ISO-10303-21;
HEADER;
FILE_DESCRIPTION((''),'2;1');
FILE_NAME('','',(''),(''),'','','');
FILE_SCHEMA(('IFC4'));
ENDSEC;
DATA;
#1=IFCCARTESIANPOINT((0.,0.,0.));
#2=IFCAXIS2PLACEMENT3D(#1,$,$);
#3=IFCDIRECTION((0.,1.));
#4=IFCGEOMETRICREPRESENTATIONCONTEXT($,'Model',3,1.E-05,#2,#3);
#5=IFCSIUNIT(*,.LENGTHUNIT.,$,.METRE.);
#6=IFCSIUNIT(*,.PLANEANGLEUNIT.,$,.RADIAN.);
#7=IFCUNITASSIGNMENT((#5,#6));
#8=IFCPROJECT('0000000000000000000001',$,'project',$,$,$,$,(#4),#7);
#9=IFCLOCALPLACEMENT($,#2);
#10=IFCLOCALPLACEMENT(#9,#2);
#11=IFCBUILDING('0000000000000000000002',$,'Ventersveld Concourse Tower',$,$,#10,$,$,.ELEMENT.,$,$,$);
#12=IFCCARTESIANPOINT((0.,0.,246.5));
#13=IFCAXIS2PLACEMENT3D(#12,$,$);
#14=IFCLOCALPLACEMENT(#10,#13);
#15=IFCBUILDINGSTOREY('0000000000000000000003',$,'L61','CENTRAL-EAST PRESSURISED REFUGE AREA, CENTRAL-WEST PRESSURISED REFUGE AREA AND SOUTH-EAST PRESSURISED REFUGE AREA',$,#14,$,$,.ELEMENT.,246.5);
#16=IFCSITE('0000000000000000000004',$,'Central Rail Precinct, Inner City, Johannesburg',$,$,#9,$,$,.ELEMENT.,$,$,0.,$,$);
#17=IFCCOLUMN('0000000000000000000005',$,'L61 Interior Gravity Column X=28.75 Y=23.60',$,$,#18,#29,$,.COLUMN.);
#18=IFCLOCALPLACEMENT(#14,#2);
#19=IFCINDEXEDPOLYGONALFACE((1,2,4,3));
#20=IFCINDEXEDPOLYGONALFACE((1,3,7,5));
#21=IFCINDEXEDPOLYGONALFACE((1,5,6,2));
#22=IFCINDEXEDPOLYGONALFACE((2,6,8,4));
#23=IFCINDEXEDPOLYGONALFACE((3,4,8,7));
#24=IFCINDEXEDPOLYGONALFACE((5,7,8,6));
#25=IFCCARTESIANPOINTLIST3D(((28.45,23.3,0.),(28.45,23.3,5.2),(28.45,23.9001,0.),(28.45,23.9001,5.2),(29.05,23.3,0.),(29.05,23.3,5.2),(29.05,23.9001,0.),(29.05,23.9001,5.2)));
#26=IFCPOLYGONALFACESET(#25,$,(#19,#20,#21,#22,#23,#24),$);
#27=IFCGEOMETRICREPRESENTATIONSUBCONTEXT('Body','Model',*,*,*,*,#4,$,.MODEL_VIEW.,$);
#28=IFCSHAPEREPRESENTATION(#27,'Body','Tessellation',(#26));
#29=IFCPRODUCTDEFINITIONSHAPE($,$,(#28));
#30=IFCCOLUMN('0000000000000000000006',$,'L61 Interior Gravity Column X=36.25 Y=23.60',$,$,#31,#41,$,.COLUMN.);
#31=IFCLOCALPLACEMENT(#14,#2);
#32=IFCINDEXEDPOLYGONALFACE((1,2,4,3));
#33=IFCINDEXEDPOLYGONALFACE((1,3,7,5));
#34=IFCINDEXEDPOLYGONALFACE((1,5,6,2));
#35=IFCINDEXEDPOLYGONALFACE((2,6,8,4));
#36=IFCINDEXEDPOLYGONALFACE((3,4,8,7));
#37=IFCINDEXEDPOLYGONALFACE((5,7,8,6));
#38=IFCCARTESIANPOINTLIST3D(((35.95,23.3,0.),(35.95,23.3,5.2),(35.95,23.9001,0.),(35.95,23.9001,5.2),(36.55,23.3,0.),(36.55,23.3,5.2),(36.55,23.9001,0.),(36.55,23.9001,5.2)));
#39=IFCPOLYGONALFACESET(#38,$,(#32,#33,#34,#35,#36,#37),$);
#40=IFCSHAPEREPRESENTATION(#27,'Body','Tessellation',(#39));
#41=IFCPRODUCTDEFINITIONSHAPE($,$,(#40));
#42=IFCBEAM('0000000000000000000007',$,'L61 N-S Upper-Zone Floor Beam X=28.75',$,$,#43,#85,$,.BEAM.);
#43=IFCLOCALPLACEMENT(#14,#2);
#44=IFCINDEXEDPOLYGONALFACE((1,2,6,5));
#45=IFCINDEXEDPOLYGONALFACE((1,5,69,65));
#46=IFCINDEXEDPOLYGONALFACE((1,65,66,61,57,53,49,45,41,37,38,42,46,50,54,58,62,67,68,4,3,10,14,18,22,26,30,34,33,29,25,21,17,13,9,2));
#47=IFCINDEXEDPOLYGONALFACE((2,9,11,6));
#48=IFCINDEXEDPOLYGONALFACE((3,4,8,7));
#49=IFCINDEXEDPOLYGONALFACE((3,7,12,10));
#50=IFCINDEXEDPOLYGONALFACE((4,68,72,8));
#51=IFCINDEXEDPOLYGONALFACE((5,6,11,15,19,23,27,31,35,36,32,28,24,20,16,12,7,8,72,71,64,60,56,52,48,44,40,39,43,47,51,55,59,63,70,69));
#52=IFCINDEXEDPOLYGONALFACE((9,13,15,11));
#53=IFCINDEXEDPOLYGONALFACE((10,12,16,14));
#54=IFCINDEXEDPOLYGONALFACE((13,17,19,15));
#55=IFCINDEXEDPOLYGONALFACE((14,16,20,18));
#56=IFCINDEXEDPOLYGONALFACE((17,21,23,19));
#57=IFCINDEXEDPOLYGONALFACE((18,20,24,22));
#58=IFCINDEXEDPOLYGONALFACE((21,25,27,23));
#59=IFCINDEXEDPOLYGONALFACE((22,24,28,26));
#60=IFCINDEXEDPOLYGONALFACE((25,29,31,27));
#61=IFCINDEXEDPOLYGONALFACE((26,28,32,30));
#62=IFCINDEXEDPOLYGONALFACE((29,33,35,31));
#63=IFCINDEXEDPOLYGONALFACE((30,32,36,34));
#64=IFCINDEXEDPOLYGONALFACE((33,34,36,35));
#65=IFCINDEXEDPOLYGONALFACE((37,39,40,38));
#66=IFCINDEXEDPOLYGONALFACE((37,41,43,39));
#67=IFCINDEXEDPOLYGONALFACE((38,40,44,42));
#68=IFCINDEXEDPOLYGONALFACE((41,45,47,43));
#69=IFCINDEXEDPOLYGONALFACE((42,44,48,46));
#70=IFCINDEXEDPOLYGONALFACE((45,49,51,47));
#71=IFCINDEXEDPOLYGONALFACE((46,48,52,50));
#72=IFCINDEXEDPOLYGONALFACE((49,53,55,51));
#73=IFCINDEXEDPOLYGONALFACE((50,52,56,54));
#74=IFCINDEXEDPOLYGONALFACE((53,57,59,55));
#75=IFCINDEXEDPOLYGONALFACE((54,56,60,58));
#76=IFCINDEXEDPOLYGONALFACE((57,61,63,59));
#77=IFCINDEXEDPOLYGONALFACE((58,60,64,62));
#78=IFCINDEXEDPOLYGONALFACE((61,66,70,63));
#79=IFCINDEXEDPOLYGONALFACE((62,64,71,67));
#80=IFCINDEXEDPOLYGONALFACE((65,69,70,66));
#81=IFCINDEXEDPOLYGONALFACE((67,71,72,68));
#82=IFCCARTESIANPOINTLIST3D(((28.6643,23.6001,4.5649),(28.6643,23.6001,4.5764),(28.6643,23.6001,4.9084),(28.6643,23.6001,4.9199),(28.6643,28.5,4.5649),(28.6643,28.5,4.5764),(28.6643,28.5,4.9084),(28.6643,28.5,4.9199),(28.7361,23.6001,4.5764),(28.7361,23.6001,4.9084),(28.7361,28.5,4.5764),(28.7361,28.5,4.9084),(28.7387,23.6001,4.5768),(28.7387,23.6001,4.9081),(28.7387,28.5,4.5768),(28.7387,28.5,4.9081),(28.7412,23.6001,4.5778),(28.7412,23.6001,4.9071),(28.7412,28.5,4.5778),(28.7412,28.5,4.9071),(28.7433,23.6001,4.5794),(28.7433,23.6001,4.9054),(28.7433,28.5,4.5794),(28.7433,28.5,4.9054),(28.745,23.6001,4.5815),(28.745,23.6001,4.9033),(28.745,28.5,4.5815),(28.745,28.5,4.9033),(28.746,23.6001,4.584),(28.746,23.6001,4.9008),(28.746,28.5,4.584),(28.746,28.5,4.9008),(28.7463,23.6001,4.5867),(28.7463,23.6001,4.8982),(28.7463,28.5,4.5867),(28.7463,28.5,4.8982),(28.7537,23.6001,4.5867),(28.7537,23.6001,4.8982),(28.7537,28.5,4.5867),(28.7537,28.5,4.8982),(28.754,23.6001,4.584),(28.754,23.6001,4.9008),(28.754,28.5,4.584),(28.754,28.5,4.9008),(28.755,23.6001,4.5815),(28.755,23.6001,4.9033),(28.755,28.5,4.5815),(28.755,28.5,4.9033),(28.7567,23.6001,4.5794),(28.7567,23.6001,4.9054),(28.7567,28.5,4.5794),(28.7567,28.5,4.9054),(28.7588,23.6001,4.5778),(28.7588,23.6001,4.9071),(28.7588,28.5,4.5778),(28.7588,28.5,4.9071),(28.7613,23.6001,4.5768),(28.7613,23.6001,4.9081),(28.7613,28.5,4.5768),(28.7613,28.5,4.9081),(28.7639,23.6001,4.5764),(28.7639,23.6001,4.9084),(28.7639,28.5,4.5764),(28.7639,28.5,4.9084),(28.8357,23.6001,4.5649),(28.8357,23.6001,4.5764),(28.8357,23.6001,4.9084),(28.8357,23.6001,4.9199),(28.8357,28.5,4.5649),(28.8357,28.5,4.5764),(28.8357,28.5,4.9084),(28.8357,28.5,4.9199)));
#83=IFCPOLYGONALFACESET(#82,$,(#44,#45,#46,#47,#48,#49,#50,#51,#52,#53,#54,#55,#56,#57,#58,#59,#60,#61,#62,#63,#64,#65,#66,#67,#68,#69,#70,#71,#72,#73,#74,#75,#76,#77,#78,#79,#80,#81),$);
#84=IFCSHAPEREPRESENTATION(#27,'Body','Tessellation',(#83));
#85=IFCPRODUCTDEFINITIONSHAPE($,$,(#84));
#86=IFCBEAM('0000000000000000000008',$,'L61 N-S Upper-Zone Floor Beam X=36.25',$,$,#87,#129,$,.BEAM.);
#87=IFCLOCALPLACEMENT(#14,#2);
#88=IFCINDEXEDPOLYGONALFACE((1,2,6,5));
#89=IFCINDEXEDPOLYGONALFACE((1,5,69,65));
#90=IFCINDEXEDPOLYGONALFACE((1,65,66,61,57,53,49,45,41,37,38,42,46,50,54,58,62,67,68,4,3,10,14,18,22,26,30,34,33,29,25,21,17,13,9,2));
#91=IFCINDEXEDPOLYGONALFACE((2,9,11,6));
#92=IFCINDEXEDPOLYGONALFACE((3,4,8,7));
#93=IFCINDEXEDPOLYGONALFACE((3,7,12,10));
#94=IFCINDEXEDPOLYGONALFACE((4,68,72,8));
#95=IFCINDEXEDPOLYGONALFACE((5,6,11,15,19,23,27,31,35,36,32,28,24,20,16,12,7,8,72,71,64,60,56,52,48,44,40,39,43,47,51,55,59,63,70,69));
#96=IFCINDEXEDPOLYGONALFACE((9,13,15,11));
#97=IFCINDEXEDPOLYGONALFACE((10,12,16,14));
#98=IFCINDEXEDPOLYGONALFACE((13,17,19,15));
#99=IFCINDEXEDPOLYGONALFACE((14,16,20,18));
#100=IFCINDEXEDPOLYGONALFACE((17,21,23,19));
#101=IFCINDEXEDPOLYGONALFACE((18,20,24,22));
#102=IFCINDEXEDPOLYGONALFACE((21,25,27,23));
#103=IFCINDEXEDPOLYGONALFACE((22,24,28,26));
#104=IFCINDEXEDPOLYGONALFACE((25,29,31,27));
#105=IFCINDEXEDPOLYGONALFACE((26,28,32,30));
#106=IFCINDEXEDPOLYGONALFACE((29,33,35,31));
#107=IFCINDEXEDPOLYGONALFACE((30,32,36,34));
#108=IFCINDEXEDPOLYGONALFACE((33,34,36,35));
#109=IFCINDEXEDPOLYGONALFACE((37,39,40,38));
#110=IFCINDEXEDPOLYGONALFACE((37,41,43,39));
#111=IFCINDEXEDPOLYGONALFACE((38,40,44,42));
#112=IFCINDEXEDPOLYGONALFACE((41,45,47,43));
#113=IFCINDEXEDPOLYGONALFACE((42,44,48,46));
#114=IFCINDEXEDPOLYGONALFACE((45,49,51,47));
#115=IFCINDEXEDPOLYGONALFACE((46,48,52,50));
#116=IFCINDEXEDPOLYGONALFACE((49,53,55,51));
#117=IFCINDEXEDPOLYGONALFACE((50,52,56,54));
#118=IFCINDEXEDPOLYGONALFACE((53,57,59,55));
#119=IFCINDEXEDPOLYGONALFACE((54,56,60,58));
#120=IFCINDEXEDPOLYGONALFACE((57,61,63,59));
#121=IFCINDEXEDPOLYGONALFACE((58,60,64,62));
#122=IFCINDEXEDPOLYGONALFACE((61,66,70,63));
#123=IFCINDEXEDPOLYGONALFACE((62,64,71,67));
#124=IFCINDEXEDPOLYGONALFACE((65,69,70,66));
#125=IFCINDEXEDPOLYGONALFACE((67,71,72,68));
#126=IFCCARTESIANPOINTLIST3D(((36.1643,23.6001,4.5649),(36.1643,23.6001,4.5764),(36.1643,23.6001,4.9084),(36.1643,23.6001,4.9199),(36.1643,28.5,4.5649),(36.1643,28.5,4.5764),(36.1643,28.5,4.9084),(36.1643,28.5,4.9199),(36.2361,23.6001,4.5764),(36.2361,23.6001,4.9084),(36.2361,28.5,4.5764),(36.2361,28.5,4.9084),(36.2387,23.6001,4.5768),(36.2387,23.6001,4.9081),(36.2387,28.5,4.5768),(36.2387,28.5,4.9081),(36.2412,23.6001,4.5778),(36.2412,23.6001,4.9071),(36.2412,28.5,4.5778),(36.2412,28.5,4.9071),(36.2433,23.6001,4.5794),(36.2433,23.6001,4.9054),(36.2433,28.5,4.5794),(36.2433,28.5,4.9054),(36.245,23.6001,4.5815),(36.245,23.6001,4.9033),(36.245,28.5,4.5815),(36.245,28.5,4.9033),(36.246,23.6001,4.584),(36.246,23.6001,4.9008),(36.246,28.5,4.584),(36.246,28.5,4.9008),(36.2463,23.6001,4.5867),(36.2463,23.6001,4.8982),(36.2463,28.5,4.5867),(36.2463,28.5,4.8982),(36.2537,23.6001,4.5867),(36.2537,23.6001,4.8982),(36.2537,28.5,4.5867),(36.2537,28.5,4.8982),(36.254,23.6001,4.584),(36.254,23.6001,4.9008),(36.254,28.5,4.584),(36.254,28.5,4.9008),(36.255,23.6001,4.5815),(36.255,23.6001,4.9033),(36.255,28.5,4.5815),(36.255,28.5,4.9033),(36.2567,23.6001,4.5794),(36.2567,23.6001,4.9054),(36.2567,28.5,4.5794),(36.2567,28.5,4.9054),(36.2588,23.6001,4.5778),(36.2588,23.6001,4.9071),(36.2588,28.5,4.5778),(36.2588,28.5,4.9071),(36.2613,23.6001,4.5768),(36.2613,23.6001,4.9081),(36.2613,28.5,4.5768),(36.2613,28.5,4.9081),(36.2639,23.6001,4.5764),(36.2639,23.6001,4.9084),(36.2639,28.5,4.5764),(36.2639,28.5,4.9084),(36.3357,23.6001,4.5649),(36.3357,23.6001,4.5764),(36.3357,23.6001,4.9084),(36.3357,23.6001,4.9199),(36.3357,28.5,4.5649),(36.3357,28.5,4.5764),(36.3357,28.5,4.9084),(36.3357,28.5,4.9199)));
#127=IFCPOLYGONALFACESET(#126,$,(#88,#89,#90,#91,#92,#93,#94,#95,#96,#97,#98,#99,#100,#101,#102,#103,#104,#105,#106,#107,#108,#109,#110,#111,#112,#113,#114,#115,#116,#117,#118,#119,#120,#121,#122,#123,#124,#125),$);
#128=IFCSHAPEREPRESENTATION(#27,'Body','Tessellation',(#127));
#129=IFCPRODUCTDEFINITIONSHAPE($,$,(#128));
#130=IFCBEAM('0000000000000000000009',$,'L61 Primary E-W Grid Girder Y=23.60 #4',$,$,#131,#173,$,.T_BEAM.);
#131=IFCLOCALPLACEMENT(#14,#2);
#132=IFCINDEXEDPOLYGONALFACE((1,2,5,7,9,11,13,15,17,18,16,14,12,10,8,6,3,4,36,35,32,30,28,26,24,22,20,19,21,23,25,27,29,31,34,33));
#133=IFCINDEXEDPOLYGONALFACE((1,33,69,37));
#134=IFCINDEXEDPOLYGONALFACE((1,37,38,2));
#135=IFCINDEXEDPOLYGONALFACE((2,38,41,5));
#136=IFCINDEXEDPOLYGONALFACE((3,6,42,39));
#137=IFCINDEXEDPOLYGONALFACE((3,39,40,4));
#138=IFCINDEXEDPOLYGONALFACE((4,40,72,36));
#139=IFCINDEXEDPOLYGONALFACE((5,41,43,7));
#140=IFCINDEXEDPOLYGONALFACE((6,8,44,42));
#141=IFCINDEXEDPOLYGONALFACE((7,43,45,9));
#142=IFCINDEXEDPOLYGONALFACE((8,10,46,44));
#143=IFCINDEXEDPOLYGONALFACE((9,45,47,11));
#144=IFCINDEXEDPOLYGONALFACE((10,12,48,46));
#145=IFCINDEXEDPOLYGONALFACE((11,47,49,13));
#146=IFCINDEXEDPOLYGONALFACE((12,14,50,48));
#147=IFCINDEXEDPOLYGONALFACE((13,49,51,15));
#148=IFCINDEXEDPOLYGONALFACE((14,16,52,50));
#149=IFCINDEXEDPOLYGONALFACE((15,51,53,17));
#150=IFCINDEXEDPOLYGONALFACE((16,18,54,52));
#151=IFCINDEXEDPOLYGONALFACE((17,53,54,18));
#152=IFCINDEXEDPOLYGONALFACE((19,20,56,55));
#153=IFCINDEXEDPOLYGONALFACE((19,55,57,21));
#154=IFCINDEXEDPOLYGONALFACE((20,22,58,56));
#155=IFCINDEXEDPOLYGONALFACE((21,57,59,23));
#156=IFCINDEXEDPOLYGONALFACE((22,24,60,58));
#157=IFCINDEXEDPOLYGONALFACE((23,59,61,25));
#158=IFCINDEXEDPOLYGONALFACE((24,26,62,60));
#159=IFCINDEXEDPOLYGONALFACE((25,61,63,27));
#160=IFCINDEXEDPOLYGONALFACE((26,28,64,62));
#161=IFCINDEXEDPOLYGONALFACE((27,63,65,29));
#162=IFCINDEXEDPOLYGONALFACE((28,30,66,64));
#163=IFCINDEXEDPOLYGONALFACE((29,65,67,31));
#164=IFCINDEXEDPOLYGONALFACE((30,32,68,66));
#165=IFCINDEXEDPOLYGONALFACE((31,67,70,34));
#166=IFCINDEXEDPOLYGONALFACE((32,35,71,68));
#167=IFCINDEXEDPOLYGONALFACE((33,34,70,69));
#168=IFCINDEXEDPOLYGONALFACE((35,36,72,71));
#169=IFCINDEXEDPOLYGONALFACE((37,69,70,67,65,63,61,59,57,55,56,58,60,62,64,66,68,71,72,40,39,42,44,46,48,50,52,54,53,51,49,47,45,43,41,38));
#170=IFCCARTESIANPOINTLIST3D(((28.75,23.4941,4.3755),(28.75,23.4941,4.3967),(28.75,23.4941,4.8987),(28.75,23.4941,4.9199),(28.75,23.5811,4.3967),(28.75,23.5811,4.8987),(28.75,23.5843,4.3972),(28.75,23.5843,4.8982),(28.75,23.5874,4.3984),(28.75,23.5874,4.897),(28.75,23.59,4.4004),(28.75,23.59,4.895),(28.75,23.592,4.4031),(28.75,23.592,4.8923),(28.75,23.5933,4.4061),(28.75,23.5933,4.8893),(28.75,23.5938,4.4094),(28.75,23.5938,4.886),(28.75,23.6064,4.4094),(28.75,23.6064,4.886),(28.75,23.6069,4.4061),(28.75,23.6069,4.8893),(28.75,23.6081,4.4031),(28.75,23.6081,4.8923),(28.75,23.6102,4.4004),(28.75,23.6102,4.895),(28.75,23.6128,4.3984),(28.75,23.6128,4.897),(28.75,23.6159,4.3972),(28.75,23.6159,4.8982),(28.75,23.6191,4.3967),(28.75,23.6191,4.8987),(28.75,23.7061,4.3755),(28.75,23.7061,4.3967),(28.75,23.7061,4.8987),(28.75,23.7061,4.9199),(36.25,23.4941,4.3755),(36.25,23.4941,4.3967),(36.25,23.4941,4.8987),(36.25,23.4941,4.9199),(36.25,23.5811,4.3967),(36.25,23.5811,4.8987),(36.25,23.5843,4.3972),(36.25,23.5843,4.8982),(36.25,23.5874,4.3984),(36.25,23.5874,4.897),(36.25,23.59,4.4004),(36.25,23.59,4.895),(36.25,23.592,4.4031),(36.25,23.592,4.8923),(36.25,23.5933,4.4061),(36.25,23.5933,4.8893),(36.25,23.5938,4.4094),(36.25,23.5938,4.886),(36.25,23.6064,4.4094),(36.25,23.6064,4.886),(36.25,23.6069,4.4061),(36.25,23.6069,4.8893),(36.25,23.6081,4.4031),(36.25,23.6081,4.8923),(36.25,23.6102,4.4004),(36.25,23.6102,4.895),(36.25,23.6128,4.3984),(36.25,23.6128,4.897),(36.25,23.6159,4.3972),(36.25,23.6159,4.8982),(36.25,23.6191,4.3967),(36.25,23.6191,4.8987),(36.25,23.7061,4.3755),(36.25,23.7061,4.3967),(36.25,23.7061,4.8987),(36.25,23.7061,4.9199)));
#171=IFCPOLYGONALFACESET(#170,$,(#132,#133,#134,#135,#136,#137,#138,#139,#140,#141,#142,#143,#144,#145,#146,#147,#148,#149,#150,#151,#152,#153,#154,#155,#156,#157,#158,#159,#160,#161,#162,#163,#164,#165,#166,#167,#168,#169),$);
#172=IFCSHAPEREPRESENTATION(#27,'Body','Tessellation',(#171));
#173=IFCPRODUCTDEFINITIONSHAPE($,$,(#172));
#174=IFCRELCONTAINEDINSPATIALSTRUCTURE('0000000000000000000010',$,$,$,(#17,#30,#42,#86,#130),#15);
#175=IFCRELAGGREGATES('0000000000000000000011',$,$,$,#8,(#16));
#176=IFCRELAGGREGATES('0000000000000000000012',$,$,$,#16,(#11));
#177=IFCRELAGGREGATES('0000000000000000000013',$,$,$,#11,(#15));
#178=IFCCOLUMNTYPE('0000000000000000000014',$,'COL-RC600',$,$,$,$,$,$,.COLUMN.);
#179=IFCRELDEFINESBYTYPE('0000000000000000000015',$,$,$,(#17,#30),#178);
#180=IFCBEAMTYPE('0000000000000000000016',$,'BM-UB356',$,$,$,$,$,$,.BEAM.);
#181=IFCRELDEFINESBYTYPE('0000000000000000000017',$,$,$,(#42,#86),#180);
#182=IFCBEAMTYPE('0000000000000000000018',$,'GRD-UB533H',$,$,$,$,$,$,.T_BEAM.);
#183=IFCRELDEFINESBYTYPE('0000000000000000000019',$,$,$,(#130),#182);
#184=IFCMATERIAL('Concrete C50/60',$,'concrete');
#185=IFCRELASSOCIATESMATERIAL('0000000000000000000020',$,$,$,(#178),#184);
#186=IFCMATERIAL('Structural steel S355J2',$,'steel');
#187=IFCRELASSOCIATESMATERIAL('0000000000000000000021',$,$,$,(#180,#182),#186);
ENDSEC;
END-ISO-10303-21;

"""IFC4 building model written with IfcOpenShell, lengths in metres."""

from ifc_helpers import new_model, si_unit, direction, frame, origin, origin_2d, place, context, subcontext, project, spatial, rectangle, i_section, extrude, material, material_profile, profile_set, type_object, element, save


model = new_model("IFC4")

# Units and contexts
model_context = context("Model", 3, precision=1e-05, world=origin(), true_north=direction((0.0, 1.0)))
body_context = subcontext(model_context, "Body", "Model", "MODEL_VIEW")
ifc_project = project(units=[si_unit("LENGTHUNIT", "METRE"), si_unit("PLANEANGLEUNIT", "RADIAN")], contexts=[model_context])

# Site, building, storey
site_placement = place(None, origin())
site = spatial("IfcSite", under=ifc_project, at=site_placement, Name="Central Rail Precinct, Inner City, Johannesburg", CompositionType="ELEMENT", RefElevation=0.0)
building_placement = place(site_placement, origin())
building = spatial("IfcBuilding", under=site, at=building_placement, Name="Ventersveld Concourse Tower", CompositionType="ELEMENT")
storey_placement = place(building_placement, frame((0.0, 0.0, 246.5)))
storey = spatial("IfcBuildingStorey", under=building, at=storey_placement, Name="L61", Description="CENTRAL-EAST PRESSURISED REFUGE AREA, CENTRAL-WEST PRESSURISED REFUGE AREA AND SOUTH-EAST PRESSURISED REFUGE AREA", CompositionType="ELEMENT", Elevation=246.5)

# Columns
ifc_material_1 = material(Name="Concrete C50/60", Category="concrete")
ifc_material_profile_1 = material_profile(ifc_material_1, rectangle(XDim=0.6001, YDim=0.6001, at=origin_2d()), Name="RC 600x600")
ifc_profile_set_1 = profile_set([ifc_material_profile_1], Name="Concrete C50/60")
column_type = type_object("IfcColumnType", Name="COL-RC600", PredefinedType="COLUMN", material=ifc_profile_set_1)
for number, where, z_axis, x_axis, name in (
    (1, (28.75, 23.6001, 0.0), (0.0, 0.0, 1.0), (1.0, 0.0, 0.0), "L61 Interior Gravity Column X=28.75 Y=23.60"),
    (2, (36.25, 23.6001, 0.0), (0.0, 0.0, 1.0), (1.0, 0.0, 0.0), "L61 Interior Gravity Column X=36.25 Y=23.60"),
):
    element("IfcColumn", number, at=place(storey_placement, frame(where, z_axis=z_axis, x_axis=x_axis)), inside=storey, type_object=column_type, Name=name, PredefinedType="COLUMN", context=body_context, shape_type="SweptSolid", body=[
        extrude(rectangle(XDim=0.6001, YDim=0.6001, at=origin_2d()), origin(), (0.0, 0.0, 1.0), 5.2),
    ])

# Beams
ifc_material_2 = material(Name="Structural steel S355J2", Category="steel")
ifc_material_profile_2 = material_profile(ifc_material_2, i_section(OverallWidth=0.1714, OverallDepth=0.355, WebThickness=0.0073, FlangeThickness=0.0115, FilletRadius=0.0103, at=origin_2d()), Name="UB 356x171x51")
ifc_profile_set_2 = profile_set([ifc_material_profile_2], Name="Structural steel S355J2")
beam_type_1 = type_object("IfcBeamType", Name="BM-UB356", PredefinedType="BEAM", material=ifc_profile_set_2)
for number, where, z_axis, x_axis, name in (
    (3, (28.75, 23.6001, 4.7424), (0.0, 1.0, 0.0), (-1.0, 0.0, 0.0), "L61 N-S Upper-Zone Floor Beam X=28.75"),
    (4, (36.25, 23.6001, 4.7424), (0.0, 1.0, 0.0), (-1.0, 0.0, 0.0), "L61 N-S Upper-Zone Floor Beam X=36.25"),
):
    element("IfcBeam", number, at=place(storey_placement, frame(where, z_axis=z_axis, x_axis=x_axis)), inside=storey, type_object=beam_type_1, Name=name, PredefinedType="BEAM", context=body_context, shape_type="SweptSolid", body=[
        extrude(i_section(OverallWidth=0.1714, OverallDepth=0.355, WebThickness=0.0073, FlangeThickness=0.0115, FilletRadius=0.0103, at=origin_2d()), origin(), (0.0, 0.0, 1.0), 4.8999),
    ])
ifc_material_profile_3 = material_profile(ifc_material_2, i_section(OverallWidth=0.2119, OverallDepth=0.5444, WebThickness=0.0127, FlangeThickness=0.0212, FilletRadius=0.0127, at=origin_2d()), Name="UB 533x210x122")
ifc_profile_set_3 = profile_set([ifc_material_profile_3], Name="Structural steel S355J2")
beam_type_2 = type_object("IfcBeamType", Name="GRD-UB533H", PredefinedType="T_BEAM", material=ifc_profile_set_3)
for number, where, z_axis, x_axis, name in (
    (5, (28.75, 23.6001, 4.6477), (1.0, 0.0, 0.0), (0.0, 1.0, 0.0), "L61 Primary E-W Grid Girder Y=23.60 #4"),
):
    element("IfcBeam", number, at=place(storey_placement, frame(where, z_axis=z_axis, x_axis=x_axis)), inside=storey, type_object=beam_type_2, Name=name, PredefinedType="T_BEAM", context=body_context, shape_type="SweptSolid", body=[
        extrude(i_section(OverallWidth=0.2119, OverallDepth=0.5444, WebThickness=0.0127, FlangeThickness=0.0212, FilletRadius=0.0127, at=origin_2d()), origin(), (0.0, 0.0, 1.0), 7.5),
    ])

save(model, "model.ifc")
